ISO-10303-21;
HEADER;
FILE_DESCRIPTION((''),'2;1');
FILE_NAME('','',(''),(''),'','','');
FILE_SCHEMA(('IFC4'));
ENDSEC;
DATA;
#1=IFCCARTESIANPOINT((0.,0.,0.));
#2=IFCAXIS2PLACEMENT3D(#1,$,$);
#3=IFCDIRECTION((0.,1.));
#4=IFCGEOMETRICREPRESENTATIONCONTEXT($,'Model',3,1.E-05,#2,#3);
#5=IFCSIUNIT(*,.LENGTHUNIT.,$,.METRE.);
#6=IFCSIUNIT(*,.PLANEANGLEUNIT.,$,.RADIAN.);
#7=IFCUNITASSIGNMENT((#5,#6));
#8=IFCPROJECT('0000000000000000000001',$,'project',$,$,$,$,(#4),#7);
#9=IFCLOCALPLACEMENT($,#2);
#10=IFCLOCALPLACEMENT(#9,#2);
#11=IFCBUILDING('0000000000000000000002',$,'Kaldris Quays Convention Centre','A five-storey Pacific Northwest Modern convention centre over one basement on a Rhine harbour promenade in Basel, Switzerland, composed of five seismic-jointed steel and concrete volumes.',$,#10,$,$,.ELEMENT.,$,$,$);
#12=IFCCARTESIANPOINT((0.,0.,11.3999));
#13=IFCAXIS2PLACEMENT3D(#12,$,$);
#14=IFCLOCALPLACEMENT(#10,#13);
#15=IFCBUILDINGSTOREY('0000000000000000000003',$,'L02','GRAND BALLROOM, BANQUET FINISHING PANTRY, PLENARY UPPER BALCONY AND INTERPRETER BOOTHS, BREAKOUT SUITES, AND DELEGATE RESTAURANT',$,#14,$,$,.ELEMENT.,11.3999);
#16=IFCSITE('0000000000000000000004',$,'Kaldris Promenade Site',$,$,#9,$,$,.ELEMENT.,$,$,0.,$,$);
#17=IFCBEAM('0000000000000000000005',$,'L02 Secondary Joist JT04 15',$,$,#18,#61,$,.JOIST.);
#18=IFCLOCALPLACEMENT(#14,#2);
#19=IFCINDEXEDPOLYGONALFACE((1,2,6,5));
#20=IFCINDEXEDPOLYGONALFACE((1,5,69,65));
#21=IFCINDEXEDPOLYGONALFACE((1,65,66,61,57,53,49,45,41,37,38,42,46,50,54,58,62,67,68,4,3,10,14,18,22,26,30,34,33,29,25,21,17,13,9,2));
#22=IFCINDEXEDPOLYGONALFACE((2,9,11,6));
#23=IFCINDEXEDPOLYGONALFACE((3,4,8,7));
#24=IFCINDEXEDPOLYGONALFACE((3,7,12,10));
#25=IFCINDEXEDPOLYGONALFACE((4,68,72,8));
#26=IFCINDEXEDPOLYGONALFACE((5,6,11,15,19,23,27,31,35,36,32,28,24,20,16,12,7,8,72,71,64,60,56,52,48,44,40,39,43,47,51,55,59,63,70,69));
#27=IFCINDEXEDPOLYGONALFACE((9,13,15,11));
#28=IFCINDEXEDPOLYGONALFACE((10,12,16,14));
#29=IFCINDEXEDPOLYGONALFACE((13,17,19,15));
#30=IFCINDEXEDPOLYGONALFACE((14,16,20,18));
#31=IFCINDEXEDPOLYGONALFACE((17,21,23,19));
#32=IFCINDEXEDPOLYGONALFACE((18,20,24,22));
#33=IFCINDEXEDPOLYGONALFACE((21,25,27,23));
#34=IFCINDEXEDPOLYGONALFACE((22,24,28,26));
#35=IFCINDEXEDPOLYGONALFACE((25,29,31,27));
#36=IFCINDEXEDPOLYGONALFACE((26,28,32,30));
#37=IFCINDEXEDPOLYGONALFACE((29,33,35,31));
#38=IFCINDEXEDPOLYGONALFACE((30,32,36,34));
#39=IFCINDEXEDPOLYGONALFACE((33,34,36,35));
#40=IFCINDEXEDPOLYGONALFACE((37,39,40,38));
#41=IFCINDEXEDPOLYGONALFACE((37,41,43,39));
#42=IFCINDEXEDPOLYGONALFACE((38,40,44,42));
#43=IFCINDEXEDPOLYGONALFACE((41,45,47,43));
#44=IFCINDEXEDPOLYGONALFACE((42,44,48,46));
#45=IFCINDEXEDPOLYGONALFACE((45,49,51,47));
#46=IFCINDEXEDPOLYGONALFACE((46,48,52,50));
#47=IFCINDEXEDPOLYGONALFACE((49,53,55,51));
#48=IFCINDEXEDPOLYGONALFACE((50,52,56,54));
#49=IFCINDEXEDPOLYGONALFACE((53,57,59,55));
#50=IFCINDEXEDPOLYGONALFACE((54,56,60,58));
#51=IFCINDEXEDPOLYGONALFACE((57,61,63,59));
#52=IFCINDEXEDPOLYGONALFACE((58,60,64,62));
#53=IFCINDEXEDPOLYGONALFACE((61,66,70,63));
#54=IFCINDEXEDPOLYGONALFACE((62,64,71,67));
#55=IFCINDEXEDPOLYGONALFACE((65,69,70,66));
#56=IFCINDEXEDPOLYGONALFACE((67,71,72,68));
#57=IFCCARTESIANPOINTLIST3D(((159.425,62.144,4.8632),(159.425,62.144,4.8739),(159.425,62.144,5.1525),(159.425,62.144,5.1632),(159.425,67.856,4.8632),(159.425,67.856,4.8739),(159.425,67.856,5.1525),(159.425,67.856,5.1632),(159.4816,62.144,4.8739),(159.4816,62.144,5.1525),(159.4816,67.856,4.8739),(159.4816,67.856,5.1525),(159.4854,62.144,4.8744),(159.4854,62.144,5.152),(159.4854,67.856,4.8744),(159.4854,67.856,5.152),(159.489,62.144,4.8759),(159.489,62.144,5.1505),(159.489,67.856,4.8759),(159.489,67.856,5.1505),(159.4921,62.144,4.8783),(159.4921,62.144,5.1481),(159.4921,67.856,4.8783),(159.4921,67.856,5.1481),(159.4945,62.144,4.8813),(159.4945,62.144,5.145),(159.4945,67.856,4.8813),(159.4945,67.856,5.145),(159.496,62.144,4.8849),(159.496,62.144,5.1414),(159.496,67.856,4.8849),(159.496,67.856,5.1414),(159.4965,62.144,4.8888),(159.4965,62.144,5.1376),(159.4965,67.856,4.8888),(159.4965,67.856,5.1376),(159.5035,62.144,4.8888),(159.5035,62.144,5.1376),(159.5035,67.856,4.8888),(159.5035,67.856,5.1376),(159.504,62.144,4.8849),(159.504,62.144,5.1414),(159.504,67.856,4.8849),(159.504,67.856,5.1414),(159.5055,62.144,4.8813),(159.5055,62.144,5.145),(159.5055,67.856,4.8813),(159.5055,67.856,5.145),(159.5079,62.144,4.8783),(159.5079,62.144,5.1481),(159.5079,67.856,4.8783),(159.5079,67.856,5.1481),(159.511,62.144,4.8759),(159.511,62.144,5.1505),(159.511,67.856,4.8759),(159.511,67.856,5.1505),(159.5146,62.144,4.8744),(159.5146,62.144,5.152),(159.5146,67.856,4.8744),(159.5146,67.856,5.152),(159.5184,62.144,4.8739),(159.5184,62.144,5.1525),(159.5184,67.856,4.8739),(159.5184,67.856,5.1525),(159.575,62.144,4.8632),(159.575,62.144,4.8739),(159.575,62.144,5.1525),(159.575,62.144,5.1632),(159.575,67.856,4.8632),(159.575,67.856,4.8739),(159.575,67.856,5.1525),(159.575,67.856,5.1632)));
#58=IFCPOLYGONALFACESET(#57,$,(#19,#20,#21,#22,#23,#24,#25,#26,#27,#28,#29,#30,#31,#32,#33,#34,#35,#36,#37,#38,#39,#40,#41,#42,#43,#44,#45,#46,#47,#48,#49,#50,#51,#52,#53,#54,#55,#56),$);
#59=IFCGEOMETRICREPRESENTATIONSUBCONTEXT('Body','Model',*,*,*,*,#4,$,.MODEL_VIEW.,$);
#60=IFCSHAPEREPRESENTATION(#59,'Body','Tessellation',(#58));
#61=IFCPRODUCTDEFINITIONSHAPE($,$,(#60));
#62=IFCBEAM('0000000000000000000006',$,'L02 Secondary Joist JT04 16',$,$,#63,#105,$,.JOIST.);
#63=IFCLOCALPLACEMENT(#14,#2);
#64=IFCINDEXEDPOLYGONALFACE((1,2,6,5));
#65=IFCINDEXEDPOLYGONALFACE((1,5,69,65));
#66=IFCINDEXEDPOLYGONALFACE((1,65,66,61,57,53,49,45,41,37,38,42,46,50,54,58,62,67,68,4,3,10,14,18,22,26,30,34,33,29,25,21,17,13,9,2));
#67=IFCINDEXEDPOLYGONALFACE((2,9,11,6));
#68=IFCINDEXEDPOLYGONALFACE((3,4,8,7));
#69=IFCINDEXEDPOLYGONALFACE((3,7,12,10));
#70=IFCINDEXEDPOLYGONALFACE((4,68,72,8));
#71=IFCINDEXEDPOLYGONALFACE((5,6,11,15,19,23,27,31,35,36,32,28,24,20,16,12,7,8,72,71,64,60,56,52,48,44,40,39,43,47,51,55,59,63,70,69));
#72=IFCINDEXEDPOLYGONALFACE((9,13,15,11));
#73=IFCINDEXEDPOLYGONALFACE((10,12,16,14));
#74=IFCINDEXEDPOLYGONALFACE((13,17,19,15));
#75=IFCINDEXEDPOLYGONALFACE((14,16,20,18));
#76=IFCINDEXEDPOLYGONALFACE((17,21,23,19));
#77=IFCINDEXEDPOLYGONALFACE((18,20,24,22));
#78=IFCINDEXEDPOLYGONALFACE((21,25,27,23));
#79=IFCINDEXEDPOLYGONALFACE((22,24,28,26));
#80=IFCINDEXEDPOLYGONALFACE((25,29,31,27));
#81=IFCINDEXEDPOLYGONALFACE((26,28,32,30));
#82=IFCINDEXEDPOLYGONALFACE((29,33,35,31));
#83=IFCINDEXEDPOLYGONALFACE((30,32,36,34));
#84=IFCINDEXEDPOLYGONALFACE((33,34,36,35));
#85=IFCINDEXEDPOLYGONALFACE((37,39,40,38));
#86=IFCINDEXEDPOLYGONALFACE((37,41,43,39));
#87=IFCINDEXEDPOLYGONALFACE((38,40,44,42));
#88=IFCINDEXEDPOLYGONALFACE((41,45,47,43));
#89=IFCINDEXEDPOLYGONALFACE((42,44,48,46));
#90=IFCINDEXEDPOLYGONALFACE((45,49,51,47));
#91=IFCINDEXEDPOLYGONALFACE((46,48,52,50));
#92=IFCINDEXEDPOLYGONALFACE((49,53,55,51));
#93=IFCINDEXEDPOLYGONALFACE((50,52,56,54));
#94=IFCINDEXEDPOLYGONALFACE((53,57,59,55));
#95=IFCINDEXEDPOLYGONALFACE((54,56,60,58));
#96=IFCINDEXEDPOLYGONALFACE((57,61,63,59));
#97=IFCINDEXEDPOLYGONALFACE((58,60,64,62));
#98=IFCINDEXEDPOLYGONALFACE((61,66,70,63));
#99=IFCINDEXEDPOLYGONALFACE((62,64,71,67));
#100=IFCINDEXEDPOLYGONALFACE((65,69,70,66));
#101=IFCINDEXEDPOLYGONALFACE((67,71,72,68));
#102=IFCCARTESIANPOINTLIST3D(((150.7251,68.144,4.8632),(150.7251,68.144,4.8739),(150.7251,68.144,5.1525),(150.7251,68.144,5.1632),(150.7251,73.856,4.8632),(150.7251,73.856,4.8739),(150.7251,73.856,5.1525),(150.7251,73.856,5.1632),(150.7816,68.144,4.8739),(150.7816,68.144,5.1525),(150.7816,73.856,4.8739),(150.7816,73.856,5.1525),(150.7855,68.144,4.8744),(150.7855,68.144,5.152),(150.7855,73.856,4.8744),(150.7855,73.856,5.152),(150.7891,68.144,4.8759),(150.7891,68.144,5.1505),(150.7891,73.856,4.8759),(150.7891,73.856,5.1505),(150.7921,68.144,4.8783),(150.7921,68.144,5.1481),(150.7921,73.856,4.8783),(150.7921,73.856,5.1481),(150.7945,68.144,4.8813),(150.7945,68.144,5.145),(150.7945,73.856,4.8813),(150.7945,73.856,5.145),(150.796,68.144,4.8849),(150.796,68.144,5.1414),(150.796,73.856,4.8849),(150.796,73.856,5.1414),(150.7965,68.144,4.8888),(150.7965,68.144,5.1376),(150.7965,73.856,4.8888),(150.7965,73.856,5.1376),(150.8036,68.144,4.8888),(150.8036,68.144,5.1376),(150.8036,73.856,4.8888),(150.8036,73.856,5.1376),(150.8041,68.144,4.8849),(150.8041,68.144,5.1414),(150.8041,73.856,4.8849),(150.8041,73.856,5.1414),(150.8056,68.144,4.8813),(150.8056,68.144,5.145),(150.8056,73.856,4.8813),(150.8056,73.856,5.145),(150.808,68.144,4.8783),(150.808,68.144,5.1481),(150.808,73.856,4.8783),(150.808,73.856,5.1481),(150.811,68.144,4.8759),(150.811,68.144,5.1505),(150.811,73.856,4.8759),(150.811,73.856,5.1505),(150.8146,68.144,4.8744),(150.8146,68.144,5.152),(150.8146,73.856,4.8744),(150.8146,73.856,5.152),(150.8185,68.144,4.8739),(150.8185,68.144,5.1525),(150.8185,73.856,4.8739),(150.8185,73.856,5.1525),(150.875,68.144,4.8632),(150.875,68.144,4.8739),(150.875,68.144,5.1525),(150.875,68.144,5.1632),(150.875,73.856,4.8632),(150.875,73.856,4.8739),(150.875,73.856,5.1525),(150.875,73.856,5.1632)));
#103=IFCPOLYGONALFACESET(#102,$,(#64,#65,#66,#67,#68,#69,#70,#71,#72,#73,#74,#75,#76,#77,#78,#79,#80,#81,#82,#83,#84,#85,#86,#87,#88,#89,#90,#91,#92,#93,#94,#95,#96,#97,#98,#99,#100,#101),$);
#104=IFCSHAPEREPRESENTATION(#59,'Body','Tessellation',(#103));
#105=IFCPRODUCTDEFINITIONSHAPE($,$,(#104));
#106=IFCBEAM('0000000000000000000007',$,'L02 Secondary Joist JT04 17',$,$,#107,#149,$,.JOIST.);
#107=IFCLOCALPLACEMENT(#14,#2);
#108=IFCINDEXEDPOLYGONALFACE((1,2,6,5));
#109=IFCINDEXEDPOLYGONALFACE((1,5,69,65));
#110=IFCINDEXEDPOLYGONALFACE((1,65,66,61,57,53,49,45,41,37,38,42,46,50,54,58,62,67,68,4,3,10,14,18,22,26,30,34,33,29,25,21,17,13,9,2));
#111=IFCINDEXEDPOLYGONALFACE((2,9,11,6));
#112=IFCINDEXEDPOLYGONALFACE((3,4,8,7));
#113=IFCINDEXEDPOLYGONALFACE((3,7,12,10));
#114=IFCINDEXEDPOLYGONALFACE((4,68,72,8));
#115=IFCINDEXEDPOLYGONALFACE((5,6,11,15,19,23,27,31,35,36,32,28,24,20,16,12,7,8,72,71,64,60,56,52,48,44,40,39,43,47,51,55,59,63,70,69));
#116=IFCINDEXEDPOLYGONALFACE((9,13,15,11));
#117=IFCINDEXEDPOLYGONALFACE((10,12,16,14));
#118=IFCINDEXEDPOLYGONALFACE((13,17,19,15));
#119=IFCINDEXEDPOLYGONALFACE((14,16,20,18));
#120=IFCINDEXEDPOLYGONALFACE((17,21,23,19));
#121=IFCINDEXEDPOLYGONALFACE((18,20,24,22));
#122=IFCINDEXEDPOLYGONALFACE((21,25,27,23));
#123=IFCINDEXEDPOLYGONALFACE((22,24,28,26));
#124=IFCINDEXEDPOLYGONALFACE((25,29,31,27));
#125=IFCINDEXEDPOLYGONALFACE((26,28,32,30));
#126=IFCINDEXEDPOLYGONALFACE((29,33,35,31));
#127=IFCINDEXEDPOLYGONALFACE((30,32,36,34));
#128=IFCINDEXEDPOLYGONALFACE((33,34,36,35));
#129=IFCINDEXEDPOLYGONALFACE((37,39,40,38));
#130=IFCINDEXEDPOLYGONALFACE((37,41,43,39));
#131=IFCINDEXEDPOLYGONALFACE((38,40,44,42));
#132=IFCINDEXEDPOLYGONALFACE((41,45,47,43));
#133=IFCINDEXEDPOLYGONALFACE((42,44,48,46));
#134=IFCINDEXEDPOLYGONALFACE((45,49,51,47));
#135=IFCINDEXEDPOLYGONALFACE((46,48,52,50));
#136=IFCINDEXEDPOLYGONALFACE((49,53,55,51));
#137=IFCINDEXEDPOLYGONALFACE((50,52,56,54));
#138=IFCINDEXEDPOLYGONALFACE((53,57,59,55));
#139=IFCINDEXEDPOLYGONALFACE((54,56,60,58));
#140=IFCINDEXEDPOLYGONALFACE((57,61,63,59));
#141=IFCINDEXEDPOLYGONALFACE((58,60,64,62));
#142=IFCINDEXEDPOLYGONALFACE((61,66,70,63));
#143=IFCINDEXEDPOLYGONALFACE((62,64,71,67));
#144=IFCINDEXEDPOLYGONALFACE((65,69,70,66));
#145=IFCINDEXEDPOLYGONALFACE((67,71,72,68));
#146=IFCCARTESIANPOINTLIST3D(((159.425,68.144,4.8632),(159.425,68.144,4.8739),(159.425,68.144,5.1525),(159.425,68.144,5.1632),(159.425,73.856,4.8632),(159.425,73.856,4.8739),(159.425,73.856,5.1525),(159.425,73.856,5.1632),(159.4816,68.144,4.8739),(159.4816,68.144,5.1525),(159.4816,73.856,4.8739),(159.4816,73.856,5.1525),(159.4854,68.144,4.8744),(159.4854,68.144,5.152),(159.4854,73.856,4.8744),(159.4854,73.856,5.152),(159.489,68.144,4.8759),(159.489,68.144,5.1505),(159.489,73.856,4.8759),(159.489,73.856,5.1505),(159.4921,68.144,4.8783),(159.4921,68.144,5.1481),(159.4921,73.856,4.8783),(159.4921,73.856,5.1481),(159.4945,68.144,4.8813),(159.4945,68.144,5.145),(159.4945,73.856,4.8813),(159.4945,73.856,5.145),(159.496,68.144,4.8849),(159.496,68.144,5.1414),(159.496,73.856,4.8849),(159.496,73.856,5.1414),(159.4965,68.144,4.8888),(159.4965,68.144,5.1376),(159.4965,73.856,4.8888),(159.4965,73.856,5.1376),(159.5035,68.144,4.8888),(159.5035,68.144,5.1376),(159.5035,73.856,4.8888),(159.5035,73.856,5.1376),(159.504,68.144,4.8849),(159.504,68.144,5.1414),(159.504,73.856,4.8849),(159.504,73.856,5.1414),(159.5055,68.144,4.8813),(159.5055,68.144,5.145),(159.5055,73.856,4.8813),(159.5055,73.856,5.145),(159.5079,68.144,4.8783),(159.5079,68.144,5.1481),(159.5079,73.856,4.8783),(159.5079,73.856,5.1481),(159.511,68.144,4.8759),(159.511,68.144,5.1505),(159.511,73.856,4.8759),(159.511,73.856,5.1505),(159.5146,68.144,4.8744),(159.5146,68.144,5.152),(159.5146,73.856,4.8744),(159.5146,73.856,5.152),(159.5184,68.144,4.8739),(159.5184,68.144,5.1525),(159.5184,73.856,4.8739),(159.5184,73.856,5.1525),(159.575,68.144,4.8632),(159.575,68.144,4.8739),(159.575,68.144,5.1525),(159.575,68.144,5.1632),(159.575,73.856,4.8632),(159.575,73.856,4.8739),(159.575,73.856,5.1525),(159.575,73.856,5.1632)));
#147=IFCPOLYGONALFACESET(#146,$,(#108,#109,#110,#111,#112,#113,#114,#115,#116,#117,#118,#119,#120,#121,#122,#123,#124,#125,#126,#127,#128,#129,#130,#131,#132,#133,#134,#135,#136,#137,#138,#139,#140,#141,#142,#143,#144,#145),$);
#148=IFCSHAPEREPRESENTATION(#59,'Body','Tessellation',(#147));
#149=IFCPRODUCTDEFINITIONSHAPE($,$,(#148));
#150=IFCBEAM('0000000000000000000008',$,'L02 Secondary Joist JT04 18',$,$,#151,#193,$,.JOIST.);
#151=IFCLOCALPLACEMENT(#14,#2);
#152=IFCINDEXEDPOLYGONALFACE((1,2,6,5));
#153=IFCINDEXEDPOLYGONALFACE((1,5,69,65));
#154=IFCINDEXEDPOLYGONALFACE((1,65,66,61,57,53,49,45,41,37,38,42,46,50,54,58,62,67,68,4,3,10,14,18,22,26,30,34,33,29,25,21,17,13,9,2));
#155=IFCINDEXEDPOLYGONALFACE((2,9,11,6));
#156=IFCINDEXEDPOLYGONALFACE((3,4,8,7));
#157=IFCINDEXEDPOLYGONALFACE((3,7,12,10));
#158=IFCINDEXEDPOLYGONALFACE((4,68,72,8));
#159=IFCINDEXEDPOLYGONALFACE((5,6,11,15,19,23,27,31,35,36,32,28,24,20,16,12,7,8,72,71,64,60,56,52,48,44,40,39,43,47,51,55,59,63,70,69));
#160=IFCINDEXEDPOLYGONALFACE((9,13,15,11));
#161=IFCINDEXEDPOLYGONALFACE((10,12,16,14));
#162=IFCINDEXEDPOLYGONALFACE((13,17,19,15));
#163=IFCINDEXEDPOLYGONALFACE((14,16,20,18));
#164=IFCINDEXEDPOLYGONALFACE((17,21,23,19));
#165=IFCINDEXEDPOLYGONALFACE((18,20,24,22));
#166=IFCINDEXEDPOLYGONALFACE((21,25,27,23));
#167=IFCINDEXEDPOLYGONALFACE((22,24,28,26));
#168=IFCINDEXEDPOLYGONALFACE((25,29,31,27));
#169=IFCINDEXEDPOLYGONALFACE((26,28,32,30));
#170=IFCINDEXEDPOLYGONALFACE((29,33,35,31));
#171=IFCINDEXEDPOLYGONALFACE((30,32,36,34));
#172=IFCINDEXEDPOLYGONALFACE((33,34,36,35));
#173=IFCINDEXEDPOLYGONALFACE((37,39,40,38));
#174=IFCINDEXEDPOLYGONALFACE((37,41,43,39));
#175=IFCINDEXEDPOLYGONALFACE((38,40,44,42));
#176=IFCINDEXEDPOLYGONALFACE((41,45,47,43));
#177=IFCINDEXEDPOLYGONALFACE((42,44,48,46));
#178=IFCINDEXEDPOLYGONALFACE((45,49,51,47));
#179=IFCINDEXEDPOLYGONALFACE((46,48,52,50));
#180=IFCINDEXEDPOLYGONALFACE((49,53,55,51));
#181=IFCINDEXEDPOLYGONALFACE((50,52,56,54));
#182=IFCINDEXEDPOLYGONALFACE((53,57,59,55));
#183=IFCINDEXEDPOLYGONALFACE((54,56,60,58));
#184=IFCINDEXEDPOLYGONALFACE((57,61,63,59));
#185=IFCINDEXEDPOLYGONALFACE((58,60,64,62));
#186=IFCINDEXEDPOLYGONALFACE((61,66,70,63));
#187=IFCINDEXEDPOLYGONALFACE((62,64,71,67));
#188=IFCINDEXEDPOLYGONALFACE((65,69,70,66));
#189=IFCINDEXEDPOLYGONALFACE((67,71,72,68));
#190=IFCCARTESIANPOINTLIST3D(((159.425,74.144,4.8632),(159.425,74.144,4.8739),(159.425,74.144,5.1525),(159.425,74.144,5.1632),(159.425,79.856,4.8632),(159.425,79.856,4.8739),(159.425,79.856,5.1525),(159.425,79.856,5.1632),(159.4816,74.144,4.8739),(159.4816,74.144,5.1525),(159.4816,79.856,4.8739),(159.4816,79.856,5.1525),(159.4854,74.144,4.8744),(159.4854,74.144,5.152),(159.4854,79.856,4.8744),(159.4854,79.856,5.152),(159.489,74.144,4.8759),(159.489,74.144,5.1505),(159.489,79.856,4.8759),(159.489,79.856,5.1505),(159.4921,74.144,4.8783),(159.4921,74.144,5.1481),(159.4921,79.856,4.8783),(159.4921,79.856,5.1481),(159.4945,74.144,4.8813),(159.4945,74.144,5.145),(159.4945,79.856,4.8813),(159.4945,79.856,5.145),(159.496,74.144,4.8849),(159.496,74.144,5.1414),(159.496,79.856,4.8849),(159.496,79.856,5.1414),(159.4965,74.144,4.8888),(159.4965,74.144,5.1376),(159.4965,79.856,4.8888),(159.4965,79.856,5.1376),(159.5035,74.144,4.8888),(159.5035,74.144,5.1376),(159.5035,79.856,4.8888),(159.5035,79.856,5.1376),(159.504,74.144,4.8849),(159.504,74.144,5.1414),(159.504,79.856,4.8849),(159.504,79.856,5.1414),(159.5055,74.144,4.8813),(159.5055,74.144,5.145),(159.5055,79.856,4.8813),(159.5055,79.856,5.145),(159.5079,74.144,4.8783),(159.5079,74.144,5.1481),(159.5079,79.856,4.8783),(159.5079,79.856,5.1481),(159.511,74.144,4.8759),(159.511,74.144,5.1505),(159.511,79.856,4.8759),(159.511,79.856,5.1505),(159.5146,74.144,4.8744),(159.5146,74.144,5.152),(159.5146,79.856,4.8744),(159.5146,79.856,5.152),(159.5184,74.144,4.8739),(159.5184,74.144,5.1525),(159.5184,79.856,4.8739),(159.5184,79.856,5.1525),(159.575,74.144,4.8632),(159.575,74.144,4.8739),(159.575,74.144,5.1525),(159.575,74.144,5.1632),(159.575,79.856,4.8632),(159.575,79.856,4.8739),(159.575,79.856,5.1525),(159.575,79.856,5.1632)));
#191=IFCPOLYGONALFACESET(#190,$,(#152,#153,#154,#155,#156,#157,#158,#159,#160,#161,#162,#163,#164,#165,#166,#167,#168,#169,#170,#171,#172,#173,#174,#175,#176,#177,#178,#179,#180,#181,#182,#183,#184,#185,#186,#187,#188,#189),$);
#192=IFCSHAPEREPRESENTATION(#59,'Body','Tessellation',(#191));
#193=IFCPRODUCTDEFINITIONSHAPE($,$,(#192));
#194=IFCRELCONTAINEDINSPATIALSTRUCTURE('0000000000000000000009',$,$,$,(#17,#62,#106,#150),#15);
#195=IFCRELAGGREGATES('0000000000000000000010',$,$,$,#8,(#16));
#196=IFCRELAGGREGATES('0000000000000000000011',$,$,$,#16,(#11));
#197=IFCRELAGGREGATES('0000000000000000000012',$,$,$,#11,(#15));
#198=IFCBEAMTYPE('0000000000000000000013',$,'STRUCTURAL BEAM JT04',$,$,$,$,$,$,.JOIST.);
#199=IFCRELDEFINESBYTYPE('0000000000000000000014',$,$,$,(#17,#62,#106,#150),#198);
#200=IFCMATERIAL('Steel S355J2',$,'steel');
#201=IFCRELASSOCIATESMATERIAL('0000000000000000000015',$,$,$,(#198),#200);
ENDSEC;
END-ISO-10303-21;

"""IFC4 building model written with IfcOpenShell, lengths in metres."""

from ifc_helpers import new_model, si_unit, direction, frame, origin, origin_2d, place, context, subcontext, project, spatial, i_section, extrude, material, material_profile, profile_set, type_object, element, save


model = new_model("IFC4")

# Units and contexts
model_context = context("Model", 3, precision=1e-05, world=origin(), true_north=direction((0.0, 1.0)))
body_context = subcontext(model_context, "Body", "Model", "MODEL_VIEW")
ifc_project = project(units=[si_unit("LENGTHUNIT", "METRE"), si_unit("PLANEANGLEUNIT", "RADIAN")], contexts=[model_context])

# Site, building, storey
site_placement = place(None, origin())
site = spatial("IfcSite", under=ifc_project, at=site_placement, Name="Kaldris Promenade Site", CompositionType="ELEMENT", RefElevation=0.0)
building_placement = place(site_placement, origin())
building = spatial("IfcBuilding", under=site, at=building_placement, Name="Kaldris Quays Convention Centre", Description="A five-storey Pacific Northwest Modern convention centre over one basement on a Rhine harbour promenade in Basel, Switzerland, composed of five seismic-jointed steel and concrete volumes.", CompositionType="ELEMENT")
storey_placement = place(building_placement, frame((0.0, 0.0, 11.3999)))
storey = spatial("IfcBuildingStorey", under=building, at=storey_placement, Name="L02", Description="GRAND BALLROOM, BANQUET FINISHING PANTRY, PLENARY UPPER BALCONY AND INTERPRETER BOOTHS, BREAKOUT SUITES, AND DELEGATE RESTAURANT", CompositionType="ELEMENT", Elevation=11.3999)

# Beams
ifc_material_1 = material(Name="Steel S355J2", Category="steel")
ifc_material_profile_1 = material_profile(ifc_material_1, i_section(OverallWidth=0.1499, OverallDepth=0.3, WebThickness=0.0071, FlangeThickness=0.0107, FilletRadius=0.0149, at=origin_2d()), Name="IPE 300")
ifc_profile_set_1 = profile_set([ifc_material_profile_1], Name="Steel S355J2")
beam_type_1 = type_object("IfcBeamType", Name="STRUCTURAL BEAM JT04", PredefinedType="JOIST", material=ifc_profile_set_1)
for number, where, z_axis, x_axis, name in (
    (1, (159.5, 62.144, 5.0132), (0.0, 1.0, 0.0), (-1.0, 0.0, 0.0), "L02 Secondary Joist JT04 15"),
    (2, (150.8, 68.144, 5.0132), (0.0, 1.0, 0.0), (-1.0, 0.0, 0.0), "L02 Secondary Joist JT04 16"),
    (3, (159.5, 68.144, 5.0132), (0.0, 1.0, 0.0), (-1.0, 0.0, 0.0), "L02 Secondary Joist JT04 17"),
    (4, (159.5, 74.144, 5.0132), (0.0, 1.0, 0.0), (-1.0, 0.0, 0.0), "L02 Secondary Joist JT04 18"),
):
    element("IfcBeam", number, at=place(storey_placement, frame(where, z_axis=z_axis, x_axis=x_axis)), inside=storey, type_object=beam_type_1, Name=name, PredefinedType="JOIST", context=body_context, shape_type="SweptSolid", body=[
        extrude(i_section(OverallWidth=0.1499, OverallDepth=0.3, WebThickness=0.0071, FlangeThickness=0.0107, FilletRadius=0.0149, at=origin_2d()), origin(), (0.0, 0.0, 1.0), 5.7119),
    ])

save(model, "model.ifc")
